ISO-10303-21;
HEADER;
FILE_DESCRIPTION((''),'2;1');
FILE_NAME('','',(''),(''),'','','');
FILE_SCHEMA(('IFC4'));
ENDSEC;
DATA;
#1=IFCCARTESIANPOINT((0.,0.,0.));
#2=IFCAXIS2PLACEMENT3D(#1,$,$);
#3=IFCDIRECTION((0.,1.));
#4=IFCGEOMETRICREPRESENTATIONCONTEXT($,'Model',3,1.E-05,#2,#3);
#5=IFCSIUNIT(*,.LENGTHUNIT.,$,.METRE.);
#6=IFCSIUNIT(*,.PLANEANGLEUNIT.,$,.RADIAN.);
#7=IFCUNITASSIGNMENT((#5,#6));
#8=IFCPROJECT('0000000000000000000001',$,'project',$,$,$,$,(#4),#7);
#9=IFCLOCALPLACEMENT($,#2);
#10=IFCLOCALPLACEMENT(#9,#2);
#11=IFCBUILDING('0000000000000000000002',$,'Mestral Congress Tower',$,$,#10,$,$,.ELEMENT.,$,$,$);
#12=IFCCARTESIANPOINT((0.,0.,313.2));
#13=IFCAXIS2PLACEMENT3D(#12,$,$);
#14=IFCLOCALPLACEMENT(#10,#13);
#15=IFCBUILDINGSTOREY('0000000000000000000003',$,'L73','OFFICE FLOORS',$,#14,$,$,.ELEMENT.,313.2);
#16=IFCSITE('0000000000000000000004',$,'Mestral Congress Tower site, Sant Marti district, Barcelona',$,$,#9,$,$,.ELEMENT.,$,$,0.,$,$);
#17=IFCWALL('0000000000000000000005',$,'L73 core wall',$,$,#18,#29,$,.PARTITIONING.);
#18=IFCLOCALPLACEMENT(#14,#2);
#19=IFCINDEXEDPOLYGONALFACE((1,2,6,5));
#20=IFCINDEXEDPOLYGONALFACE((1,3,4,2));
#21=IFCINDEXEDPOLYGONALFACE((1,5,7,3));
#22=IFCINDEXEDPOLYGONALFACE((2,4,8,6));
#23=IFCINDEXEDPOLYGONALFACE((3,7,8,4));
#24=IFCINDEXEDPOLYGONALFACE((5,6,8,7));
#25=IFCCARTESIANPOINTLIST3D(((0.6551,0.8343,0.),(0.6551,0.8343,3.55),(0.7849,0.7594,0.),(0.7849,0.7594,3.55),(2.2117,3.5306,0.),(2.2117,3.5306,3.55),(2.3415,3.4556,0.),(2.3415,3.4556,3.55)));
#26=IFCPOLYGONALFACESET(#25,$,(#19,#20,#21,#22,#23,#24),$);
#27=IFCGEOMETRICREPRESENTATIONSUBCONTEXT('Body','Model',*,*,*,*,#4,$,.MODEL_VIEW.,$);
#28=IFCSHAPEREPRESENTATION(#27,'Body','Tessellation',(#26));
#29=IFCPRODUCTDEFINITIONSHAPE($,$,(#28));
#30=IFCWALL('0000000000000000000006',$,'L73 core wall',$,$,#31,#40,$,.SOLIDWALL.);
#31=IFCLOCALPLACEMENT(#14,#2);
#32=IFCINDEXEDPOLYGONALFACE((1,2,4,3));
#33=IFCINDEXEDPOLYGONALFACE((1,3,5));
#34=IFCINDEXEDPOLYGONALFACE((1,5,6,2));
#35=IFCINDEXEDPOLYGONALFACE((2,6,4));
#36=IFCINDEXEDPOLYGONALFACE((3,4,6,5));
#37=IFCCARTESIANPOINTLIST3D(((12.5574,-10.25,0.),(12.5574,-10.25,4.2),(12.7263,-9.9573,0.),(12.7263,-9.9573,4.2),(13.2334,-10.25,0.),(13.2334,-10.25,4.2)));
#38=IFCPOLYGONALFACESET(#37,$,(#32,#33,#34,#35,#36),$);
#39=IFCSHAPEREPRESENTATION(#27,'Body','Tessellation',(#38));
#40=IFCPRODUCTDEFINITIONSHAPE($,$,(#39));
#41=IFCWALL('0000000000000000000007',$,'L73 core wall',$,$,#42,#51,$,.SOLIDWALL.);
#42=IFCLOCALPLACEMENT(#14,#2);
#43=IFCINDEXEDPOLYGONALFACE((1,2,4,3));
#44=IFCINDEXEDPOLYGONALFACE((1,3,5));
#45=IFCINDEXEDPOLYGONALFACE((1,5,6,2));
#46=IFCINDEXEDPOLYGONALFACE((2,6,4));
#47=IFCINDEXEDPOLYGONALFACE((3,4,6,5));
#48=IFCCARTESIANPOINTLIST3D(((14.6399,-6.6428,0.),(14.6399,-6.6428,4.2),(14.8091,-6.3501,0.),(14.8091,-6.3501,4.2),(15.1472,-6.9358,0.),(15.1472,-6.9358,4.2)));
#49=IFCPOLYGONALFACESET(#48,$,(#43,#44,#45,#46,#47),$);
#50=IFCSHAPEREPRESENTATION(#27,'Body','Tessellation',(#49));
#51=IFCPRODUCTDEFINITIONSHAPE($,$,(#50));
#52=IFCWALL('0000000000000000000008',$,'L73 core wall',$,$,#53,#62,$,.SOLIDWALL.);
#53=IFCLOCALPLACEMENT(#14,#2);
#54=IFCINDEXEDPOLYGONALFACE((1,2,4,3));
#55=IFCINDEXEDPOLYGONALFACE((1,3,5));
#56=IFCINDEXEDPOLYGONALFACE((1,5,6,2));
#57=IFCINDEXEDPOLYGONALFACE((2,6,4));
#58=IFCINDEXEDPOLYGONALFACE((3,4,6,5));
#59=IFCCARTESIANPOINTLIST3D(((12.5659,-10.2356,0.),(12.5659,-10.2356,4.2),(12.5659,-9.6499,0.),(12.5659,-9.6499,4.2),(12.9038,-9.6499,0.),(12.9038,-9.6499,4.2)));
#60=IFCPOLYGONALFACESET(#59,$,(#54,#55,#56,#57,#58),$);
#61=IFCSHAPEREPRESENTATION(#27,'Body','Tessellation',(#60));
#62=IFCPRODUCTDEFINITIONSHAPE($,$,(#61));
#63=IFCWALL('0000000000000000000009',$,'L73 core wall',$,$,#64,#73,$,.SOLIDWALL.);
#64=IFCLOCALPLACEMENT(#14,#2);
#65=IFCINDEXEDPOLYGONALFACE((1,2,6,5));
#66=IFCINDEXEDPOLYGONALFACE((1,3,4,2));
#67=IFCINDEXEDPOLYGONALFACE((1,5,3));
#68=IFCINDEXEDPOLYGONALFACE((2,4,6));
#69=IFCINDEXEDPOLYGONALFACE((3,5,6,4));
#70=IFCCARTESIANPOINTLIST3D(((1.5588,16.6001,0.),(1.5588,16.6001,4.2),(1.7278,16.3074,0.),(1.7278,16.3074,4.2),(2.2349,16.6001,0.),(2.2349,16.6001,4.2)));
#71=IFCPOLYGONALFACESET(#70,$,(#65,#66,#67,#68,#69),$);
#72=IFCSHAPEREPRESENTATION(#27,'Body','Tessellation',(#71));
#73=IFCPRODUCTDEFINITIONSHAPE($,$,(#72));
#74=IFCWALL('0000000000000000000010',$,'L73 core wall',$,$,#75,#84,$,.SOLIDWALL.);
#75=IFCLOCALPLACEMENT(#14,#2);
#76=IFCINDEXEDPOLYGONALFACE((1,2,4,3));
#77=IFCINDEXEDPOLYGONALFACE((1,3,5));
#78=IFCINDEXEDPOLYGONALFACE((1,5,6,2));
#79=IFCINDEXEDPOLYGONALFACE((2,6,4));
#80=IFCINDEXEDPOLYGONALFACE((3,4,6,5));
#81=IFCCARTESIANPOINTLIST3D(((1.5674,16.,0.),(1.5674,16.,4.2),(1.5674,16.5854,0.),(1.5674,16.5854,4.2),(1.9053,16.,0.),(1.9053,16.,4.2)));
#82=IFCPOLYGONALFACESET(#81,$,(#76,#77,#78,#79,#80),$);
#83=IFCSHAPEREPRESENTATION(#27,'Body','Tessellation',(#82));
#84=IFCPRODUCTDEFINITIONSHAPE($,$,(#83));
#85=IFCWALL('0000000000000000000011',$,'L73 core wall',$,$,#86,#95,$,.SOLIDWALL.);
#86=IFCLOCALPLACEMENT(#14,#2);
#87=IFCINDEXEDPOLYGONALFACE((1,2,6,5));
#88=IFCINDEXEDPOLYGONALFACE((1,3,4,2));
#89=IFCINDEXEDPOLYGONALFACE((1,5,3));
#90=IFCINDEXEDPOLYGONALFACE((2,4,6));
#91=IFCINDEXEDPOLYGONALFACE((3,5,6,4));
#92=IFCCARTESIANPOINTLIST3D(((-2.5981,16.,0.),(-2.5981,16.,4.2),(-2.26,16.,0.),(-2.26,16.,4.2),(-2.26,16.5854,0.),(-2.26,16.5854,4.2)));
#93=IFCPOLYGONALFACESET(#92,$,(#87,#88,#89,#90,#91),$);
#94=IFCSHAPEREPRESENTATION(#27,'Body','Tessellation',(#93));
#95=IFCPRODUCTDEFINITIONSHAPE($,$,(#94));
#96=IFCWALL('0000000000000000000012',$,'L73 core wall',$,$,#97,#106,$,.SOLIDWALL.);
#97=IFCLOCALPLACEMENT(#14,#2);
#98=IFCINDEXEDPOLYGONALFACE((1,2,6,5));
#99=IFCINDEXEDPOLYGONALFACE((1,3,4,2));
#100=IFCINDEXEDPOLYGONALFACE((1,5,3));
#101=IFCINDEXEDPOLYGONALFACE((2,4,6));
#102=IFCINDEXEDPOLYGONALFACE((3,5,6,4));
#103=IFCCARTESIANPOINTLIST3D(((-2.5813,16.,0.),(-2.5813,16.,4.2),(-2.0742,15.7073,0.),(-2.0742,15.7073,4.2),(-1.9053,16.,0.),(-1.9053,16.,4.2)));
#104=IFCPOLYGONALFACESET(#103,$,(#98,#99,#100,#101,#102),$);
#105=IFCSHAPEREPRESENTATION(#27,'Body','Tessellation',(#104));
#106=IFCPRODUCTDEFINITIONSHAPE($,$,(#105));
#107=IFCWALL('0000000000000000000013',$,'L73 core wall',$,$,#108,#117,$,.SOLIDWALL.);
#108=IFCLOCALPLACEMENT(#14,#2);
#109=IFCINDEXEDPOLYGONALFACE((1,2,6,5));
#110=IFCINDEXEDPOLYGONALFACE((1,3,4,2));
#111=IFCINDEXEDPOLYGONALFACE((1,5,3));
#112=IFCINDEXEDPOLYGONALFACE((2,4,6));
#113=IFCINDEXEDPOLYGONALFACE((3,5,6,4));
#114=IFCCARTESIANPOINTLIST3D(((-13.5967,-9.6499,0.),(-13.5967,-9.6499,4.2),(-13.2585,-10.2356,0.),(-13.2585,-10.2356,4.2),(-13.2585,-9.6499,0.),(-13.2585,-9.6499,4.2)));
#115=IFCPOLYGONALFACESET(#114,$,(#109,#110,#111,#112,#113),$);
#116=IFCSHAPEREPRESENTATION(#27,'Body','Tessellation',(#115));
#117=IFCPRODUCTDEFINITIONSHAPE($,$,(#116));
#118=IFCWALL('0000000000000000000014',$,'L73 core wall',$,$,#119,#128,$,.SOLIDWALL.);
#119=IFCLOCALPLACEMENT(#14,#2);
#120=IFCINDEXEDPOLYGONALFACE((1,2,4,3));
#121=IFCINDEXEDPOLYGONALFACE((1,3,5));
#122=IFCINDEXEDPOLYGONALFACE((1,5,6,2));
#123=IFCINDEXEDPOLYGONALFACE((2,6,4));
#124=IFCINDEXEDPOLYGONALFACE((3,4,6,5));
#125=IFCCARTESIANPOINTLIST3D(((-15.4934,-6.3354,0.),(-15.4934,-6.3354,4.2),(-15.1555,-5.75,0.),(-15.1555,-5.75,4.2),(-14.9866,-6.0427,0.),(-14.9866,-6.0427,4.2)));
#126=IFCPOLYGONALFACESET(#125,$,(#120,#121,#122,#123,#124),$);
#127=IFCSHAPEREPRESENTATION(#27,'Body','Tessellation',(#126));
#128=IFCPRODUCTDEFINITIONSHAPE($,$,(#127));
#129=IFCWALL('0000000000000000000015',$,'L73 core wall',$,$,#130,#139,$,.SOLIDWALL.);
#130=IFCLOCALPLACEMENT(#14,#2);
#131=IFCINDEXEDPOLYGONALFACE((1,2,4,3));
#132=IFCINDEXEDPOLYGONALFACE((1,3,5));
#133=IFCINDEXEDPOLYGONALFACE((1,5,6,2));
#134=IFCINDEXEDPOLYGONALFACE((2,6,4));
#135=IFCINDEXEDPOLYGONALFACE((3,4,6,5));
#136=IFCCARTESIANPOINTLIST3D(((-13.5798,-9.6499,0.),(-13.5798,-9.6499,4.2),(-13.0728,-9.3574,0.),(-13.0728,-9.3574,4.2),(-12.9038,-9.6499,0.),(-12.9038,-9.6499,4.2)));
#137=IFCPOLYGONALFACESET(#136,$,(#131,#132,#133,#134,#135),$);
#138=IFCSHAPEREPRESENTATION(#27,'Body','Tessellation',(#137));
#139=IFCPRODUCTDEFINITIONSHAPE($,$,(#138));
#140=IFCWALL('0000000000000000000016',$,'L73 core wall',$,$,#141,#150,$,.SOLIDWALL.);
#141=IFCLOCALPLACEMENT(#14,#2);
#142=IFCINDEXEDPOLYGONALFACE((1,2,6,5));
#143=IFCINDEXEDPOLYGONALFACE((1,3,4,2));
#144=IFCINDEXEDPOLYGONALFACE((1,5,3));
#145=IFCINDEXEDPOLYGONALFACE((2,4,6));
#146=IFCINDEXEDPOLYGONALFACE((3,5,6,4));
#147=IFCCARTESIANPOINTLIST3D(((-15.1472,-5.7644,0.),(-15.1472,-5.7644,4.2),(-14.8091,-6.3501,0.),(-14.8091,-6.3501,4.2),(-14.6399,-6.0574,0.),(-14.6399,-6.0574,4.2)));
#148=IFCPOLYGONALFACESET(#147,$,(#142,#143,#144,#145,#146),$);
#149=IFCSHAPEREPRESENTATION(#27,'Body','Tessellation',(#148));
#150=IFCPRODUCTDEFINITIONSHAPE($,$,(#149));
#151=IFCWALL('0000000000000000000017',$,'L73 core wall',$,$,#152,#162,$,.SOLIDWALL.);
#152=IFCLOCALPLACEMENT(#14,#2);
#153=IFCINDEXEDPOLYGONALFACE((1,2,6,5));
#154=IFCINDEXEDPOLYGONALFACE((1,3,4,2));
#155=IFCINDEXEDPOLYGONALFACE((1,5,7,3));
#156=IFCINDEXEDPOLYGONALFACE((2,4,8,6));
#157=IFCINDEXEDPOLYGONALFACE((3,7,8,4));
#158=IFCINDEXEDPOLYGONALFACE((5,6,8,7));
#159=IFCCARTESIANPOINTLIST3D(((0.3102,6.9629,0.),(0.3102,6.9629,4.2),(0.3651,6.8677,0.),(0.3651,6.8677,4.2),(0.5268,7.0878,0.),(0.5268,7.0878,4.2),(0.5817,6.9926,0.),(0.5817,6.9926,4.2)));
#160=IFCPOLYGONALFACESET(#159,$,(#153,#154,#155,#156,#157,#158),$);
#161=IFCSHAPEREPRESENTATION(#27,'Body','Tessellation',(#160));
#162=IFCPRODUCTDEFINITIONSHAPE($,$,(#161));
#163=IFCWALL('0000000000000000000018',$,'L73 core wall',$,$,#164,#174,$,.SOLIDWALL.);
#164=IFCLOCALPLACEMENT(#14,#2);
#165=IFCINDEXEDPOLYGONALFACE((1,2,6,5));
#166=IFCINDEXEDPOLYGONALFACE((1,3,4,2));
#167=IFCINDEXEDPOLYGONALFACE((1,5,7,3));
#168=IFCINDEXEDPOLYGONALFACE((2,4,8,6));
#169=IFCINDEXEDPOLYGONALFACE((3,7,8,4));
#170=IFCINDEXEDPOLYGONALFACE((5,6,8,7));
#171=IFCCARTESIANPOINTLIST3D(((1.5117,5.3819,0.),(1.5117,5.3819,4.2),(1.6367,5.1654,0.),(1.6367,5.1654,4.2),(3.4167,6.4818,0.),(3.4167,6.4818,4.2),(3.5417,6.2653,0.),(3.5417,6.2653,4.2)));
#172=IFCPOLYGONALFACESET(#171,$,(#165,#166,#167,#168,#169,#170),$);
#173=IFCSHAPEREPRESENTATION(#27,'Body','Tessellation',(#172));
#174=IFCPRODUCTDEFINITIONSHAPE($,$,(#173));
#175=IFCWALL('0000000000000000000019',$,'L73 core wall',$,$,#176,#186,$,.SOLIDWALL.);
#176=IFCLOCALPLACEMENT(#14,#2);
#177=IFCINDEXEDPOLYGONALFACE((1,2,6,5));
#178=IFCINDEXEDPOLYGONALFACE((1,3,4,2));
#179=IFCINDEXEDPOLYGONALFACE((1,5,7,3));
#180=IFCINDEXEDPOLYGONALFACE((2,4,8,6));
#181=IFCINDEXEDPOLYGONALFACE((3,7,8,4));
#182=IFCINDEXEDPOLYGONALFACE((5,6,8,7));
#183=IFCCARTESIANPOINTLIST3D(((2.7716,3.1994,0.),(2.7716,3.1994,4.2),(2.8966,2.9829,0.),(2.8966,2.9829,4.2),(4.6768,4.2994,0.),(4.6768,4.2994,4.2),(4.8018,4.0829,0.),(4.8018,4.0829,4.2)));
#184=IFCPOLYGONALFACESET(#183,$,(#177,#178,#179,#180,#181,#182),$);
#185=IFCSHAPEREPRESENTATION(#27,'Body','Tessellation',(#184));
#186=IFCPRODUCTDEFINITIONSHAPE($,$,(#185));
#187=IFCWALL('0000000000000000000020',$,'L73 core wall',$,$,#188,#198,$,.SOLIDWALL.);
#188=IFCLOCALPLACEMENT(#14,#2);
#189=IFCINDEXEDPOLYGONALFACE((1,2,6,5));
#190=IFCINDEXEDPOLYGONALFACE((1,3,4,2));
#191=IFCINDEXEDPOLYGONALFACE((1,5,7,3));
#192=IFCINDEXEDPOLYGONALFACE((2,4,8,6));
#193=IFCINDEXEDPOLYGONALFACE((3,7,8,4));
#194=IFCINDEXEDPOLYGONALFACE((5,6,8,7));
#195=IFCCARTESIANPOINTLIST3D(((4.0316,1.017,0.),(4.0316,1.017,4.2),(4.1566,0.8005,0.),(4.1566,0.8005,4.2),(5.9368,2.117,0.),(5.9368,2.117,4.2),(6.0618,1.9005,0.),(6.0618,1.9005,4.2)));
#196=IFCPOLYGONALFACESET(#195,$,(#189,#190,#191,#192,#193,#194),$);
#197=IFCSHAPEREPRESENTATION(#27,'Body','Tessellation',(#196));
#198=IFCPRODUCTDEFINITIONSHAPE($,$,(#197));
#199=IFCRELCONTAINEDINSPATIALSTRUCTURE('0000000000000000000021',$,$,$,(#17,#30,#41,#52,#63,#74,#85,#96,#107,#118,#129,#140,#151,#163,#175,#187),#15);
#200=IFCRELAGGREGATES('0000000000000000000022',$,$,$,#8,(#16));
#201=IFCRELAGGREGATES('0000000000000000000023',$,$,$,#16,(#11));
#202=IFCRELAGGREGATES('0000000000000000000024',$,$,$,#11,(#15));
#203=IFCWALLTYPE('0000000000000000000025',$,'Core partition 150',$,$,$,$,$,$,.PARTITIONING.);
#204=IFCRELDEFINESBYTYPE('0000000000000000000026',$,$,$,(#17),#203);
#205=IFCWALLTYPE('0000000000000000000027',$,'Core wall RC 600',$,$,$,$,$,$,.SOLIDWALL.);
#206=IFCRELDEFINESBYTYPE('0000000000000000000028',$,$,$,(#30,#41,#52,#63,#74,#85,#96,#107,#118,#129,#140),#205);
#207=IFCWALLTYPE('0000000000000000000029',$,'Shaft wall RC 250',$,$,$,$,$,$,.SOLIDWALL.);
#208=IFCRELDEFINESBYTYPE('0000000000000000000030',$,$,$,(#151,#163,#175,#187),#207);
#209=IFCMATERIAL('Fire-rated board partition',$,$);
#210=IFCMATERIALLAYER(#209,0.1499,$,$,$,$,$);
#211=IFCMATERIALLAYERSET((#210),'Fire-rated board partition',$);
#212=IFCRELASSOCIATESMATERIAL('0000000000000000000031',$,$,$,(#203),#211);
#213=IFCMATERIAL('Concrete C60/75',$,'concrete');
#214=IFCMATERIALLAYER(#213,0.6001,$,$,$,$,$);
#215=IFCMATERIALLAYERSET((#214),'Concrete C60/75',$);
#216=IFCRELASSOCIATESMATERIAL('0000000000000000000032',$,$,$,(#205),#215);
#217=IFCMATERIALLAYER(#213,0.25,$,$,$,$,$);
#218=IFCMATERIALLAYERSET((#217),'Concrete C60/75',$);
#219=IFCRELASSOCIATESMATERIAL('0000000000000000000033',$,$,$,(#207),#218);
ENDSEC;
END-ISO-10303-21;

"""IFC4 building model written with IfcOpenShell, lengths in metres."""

from ifc_helpers import new_model, si_unit, direction, frame, frame_2d, origin, place, context, subcontext, project, spatial, polyline, rectangle, outline, extrude, material, layer, layer_set, type_object, element, save


model = new_model("IFC4")

# Units and contexts
model_context = context("Model", 3, precision=1e-05, world=origin(), true_north=direction((0.0, 1.0)))
body_context = subcontext(model_context, "Body", "Model", "MODEL_VIEW")
ifc_project = project(units=[si_unit("LENGTHUNIT", "METRE"), si_unit("PLANEANGLEUNIT", "RADIAN")], contexts=[model_context])

# Site, building, storey
site_placement = place(None, origin())
site = spatial("IfcSite", under=ifc_project, at=site_placement, Name="Mestral Congress Tower site, Sant Marti district, Barcelona", CompositionType="ELEMENT", RefElevation=0.0)
building_placement = place(site_placement, origin())
building = spatial("IfcBuilding", under=site, at=building_placement, Name="Mestral Congress Tower", CompositionType="ELEMENT")
storey_placement = place(building_placement, frame((0.0, 0.0, 313.2)))
storey = spatial("IfcBuildingStorey", under=building, at=storey_placement, Name="L73", Description="OFFICE FLOORS", CompositionType="ELEMENT", Elevation=313.2)

# Walls
ifc_material_1 = material(Name="Fire-rated board partition")
ifc_layer_1 = layer(ifc_material_1, 0.1499)
ifc_layer_set_1 = layer_set([ifc_layer_1], Name="Fire-rated board partition")
wall_type_1 = type_object("IfcWallType", Name="Core partition 150", PredefinedType="PARTITIONING", material=ifc_layer_set_1)
wall_1_placement = place(storey_placement, frame((0.72, 0.7969, 0.0), z_axis=(0.0, 0.0, 1.0), x_axis=(0.499985, 0.866034, 0.0)))
element("IfcWall", 1, at=wall_1_placement, inside=storey, type_object=wall_type_1, Name="L73 core wall", PredefinedType="PARTITIONING", context=body_context, shape_type="SweptSolid", body=[
    extrude(rectangle(XDim=3.1133, YDim=0.1499, at=frame_2d((1.5566, 0.0))), origin(), (0.0, 0.0, 1.0), 3.55),
])
ifc_material_2 = material(Name="Concrete C60/75", Category="concrete")
ifc_layer_2 = layer(ifc_material_2, 0.6001)
ifc_layer_set_2 = layer_set([ifc_layer_2], Name="Concrete C60/75")
wall_type_2 = type_object("IfcWallType", Name="Core wall RC 600", PredefinedType="SOLIDWALL", material=ifc_layer_set_2)
placement = place(storey_placement, origin())
element("IfcWall", 2, at=placement, inside=storey, type_object=wall_type_2, Name="L73 core wall", PredefinedType="SOLIDWALL", context=body_context, shape_type="SweptSolid", body=[
    extrude(outline(polyline([(12.7263, -9.9573), (13.2334, -10.25), (12.5574, -10.25), (12.7263, -9.9573)])), origin(), (0.0, 0.0, 1.0), 4.2),
])
element("IfcWall", 3, at=placement, inside=storey, type_object=wall_type_2, Name="L73 core wall", PredefinedType="SOLIDWALL", context=body_context, shape_type="SweptSolid", body=[
    extrude(outline(polyline([(14.8091, -6.3501), (15.1472, -6.9358), (14.6399, -6.6428), (14.8091, -6.3501)])), origin(), (0.0, 0.0, 1.0), 4.2),
])
element("IfcWall", 4, at=placement, inside=storey, type_object=wall_type_2, Name="L73 core wall", PredefinedType="SOLIDWALL", context=body_context, shape_type="SweptSolid", body=[
    extrude(outline(polyline([(12.9038, -9.6499), (12.5659, -10.2356), (12.5659, -9.6499), (12.9038, -9.6499)])), origin(), (0.0, 0.0, 1.0), 4.2),
])
element("IfcWall", 5, at=placement, inside=storey, type_object=wall_type_2, Name="L73 core wall", PredefinedType="SOLIDWALL", context=body_context, shape_type="SweptSolid", body=[
    extrude(outline(polyline([(1.5588, 16.6001), (2.2349, 16.6001), (1.7278, 16.3074), (1.5588, 16.6001)])), origin(), (0.0, 0.0, 1.0), 4.2),
])
element("IfcWall", 6, at=placement, inside=storey, type_object=wall_type_2, Name="L73 core wall", PredefinedType="SOLIDWALL", context=body_context, shape_type="SweptSolid", body=[
    extrude(outline(polyline([(1.9053, 16.0), (1.5674, 16.0), (1.5674, 16.5854), (1.9053, 16.0)])), origin(), (0.0, 0.0, 1.0), 4.2),
])
element("IfcWall", 7, at=placement, inside=storey, type_object=wall_type_2, Name="L73 core wall", PredefinedType="SOLIDWALL", context=body_context, shape_type="SweptSolid", body=[
    extrude(outline(polyline([(-2.5981, 16.0), (-2.26, 16.5854), (-2.26, 16.0), (-2.5981, 16.0)])), origin(), (0.0, 0.0, 1.0), 4.2),
])
element("IfcWall", 8, at=placement, inside=storey, type_object=wall_type_2, Name="L73 core wall", PredefinedType="SOLIDWALL", context=body_context, shape_type="SweptSolid", body=[
    extrude(outline(polyline([(-1.9053, 16.0), (-2.0742, 15.7073), (-2.5813, 16.0), (-1.9053, 16.0)])), origin(), (0.0, 0.0, 1.0), 4.2),
])
element("IfcWall", 9, at=placement, inside=storey, type_object=wall_type_2, Name="L73 core wall", PredefinedType="SOLIDWALL", context=body_context, shape_type="SweptSolid", body=[
    extrude(outline(polyline([(-13.5967, -9.6499), (-13.2585, -9.6499), (-13.2585, -10.2356), (-13.5967, -9.6499)])), origin(), (0.0, 0.0, 1.0), 4.2),
])
element("IfcWall", 10, at=placement, inside=storey, type_object=wall_type_2, Name="L73 core wall", PredefinedType="SOLIDWALL", context=body_context, shape_type="SweptSolid", body=[
    extrude(outline(polyline([(-14.9866, -6.0427), (-15.4934, -6.3354), (-15.1555, -5.75), (-14.9866, -6.0427)])), origin(), (0.0, 0.0, 1.0), 4.2),
])
element("IfcWall", 11, at=placement, inside=storey, type_object=wall_type_2, Name="L73 core wall", PredefinedType="SOLIDWALL", context=body_context, shape_type="SweptSolid", body=[
    extrude(outline(polyline([(-12.9038, -9.6499), (-13.5798, -9.6499), (-13.0728, -9.3574), (-12.9038, -9.6499)])), origin(), (0.0, 0.0, 1.0), 4.2),
])
element("IfcWall", 12, at=placement, inside=storey, type_object=wall_type_2, Name="L73 core wall", PredefinedType="SOLIDWALL", context=body_context, shape_type="SweptSolid", body=[
    extrude(outline(polyline([(-14.8091, -6.3501), (-15.1472, -5.7644), (-14.6399, -6.0574), (-14.8091, -6.3501)])), origin(), (0.0, 0.0, 1.0), 4.2),
])
ifc_layer_3 = layer(ifc_material_2, 0.25)
ifc_layer_set_3 = layer_set([ifc_layer_3], Name="Concrete C60/75")
wall_type_3 = type_object("IfcWallType", Name="Shaft wall RC 250", PredefinedType="SOLIDWALL", material=ifc_layer_set_3)
wall_2_placement = place(storey_placement, frame((0.4734, 6.9302, 0.0), z_axis=(0.0, 0.0, 1.0), x_axis=(-0.499722, 0.866186, 0.0)))
element("IfcWall", 13, at=wall_2_placement, inside=storey, type_object=wall_type_3, Name="L73 core wall", PredefinedType="SOLIDWALL", context=body_context, shape_type="SweptSolid", body=[
    extrude(rectangle(XDim=0.1099, YDim=0.25, at=frame_2d((0.0549, 0.0))), origin(), (0.0, 0.0, 1.0), 4.2),
])
wall_3_placement = place(storey_placement, frame((1.5742, 5.2737, 0.0), z_axis=(0.0, 0.0, 1.0), x_axis=(0.866028, 0.499995, 0.0)))
element("IfcWall", 14, at=wall_3_placement, inside=storey, type_object=wall_type_3, Name="L73 core wall", PredefinedType="SOLIDWALL", context=body_context, shape_type="SweptSolid", body=[
    extrude(rectangle(XDim=2.1997, YDim=0.25, at=frame_2d((1.0999, 0.0))), origin(), (0.0, 0.0, 1.0), 4.2),
])
for number, where, z_axis, x_axis, name in (
    (15, (2.834, 3.0911, 0.0), (0.0, 0.0, 1.0), (0.866008, 0.50003, 0.0), "L73 core wall"),
    (16, (4.094, 0.9087, 0.0), (0.0, 0.0, 1.0), (0.866008, 0.50003, 0.0), "L73 core wall"),
):
    element("IfcWall", number, at=place(storey_placement, frame(where, z_axis=z_axis, x_axis=x_axis)), inside=storey, type_object=wall_type_3, Name=name, PredefinedType="SOLIDWALL", context=body_context, shape_type="SweptSolid", body=[
        extrude(rectangle(XDim=2.2, YDim=0.25, at=frame_2d((1.1001, 0.0))), origin(), (0.0, 0.0, 1.0), 4.2),
    ])

save(model, "model.ifc")
